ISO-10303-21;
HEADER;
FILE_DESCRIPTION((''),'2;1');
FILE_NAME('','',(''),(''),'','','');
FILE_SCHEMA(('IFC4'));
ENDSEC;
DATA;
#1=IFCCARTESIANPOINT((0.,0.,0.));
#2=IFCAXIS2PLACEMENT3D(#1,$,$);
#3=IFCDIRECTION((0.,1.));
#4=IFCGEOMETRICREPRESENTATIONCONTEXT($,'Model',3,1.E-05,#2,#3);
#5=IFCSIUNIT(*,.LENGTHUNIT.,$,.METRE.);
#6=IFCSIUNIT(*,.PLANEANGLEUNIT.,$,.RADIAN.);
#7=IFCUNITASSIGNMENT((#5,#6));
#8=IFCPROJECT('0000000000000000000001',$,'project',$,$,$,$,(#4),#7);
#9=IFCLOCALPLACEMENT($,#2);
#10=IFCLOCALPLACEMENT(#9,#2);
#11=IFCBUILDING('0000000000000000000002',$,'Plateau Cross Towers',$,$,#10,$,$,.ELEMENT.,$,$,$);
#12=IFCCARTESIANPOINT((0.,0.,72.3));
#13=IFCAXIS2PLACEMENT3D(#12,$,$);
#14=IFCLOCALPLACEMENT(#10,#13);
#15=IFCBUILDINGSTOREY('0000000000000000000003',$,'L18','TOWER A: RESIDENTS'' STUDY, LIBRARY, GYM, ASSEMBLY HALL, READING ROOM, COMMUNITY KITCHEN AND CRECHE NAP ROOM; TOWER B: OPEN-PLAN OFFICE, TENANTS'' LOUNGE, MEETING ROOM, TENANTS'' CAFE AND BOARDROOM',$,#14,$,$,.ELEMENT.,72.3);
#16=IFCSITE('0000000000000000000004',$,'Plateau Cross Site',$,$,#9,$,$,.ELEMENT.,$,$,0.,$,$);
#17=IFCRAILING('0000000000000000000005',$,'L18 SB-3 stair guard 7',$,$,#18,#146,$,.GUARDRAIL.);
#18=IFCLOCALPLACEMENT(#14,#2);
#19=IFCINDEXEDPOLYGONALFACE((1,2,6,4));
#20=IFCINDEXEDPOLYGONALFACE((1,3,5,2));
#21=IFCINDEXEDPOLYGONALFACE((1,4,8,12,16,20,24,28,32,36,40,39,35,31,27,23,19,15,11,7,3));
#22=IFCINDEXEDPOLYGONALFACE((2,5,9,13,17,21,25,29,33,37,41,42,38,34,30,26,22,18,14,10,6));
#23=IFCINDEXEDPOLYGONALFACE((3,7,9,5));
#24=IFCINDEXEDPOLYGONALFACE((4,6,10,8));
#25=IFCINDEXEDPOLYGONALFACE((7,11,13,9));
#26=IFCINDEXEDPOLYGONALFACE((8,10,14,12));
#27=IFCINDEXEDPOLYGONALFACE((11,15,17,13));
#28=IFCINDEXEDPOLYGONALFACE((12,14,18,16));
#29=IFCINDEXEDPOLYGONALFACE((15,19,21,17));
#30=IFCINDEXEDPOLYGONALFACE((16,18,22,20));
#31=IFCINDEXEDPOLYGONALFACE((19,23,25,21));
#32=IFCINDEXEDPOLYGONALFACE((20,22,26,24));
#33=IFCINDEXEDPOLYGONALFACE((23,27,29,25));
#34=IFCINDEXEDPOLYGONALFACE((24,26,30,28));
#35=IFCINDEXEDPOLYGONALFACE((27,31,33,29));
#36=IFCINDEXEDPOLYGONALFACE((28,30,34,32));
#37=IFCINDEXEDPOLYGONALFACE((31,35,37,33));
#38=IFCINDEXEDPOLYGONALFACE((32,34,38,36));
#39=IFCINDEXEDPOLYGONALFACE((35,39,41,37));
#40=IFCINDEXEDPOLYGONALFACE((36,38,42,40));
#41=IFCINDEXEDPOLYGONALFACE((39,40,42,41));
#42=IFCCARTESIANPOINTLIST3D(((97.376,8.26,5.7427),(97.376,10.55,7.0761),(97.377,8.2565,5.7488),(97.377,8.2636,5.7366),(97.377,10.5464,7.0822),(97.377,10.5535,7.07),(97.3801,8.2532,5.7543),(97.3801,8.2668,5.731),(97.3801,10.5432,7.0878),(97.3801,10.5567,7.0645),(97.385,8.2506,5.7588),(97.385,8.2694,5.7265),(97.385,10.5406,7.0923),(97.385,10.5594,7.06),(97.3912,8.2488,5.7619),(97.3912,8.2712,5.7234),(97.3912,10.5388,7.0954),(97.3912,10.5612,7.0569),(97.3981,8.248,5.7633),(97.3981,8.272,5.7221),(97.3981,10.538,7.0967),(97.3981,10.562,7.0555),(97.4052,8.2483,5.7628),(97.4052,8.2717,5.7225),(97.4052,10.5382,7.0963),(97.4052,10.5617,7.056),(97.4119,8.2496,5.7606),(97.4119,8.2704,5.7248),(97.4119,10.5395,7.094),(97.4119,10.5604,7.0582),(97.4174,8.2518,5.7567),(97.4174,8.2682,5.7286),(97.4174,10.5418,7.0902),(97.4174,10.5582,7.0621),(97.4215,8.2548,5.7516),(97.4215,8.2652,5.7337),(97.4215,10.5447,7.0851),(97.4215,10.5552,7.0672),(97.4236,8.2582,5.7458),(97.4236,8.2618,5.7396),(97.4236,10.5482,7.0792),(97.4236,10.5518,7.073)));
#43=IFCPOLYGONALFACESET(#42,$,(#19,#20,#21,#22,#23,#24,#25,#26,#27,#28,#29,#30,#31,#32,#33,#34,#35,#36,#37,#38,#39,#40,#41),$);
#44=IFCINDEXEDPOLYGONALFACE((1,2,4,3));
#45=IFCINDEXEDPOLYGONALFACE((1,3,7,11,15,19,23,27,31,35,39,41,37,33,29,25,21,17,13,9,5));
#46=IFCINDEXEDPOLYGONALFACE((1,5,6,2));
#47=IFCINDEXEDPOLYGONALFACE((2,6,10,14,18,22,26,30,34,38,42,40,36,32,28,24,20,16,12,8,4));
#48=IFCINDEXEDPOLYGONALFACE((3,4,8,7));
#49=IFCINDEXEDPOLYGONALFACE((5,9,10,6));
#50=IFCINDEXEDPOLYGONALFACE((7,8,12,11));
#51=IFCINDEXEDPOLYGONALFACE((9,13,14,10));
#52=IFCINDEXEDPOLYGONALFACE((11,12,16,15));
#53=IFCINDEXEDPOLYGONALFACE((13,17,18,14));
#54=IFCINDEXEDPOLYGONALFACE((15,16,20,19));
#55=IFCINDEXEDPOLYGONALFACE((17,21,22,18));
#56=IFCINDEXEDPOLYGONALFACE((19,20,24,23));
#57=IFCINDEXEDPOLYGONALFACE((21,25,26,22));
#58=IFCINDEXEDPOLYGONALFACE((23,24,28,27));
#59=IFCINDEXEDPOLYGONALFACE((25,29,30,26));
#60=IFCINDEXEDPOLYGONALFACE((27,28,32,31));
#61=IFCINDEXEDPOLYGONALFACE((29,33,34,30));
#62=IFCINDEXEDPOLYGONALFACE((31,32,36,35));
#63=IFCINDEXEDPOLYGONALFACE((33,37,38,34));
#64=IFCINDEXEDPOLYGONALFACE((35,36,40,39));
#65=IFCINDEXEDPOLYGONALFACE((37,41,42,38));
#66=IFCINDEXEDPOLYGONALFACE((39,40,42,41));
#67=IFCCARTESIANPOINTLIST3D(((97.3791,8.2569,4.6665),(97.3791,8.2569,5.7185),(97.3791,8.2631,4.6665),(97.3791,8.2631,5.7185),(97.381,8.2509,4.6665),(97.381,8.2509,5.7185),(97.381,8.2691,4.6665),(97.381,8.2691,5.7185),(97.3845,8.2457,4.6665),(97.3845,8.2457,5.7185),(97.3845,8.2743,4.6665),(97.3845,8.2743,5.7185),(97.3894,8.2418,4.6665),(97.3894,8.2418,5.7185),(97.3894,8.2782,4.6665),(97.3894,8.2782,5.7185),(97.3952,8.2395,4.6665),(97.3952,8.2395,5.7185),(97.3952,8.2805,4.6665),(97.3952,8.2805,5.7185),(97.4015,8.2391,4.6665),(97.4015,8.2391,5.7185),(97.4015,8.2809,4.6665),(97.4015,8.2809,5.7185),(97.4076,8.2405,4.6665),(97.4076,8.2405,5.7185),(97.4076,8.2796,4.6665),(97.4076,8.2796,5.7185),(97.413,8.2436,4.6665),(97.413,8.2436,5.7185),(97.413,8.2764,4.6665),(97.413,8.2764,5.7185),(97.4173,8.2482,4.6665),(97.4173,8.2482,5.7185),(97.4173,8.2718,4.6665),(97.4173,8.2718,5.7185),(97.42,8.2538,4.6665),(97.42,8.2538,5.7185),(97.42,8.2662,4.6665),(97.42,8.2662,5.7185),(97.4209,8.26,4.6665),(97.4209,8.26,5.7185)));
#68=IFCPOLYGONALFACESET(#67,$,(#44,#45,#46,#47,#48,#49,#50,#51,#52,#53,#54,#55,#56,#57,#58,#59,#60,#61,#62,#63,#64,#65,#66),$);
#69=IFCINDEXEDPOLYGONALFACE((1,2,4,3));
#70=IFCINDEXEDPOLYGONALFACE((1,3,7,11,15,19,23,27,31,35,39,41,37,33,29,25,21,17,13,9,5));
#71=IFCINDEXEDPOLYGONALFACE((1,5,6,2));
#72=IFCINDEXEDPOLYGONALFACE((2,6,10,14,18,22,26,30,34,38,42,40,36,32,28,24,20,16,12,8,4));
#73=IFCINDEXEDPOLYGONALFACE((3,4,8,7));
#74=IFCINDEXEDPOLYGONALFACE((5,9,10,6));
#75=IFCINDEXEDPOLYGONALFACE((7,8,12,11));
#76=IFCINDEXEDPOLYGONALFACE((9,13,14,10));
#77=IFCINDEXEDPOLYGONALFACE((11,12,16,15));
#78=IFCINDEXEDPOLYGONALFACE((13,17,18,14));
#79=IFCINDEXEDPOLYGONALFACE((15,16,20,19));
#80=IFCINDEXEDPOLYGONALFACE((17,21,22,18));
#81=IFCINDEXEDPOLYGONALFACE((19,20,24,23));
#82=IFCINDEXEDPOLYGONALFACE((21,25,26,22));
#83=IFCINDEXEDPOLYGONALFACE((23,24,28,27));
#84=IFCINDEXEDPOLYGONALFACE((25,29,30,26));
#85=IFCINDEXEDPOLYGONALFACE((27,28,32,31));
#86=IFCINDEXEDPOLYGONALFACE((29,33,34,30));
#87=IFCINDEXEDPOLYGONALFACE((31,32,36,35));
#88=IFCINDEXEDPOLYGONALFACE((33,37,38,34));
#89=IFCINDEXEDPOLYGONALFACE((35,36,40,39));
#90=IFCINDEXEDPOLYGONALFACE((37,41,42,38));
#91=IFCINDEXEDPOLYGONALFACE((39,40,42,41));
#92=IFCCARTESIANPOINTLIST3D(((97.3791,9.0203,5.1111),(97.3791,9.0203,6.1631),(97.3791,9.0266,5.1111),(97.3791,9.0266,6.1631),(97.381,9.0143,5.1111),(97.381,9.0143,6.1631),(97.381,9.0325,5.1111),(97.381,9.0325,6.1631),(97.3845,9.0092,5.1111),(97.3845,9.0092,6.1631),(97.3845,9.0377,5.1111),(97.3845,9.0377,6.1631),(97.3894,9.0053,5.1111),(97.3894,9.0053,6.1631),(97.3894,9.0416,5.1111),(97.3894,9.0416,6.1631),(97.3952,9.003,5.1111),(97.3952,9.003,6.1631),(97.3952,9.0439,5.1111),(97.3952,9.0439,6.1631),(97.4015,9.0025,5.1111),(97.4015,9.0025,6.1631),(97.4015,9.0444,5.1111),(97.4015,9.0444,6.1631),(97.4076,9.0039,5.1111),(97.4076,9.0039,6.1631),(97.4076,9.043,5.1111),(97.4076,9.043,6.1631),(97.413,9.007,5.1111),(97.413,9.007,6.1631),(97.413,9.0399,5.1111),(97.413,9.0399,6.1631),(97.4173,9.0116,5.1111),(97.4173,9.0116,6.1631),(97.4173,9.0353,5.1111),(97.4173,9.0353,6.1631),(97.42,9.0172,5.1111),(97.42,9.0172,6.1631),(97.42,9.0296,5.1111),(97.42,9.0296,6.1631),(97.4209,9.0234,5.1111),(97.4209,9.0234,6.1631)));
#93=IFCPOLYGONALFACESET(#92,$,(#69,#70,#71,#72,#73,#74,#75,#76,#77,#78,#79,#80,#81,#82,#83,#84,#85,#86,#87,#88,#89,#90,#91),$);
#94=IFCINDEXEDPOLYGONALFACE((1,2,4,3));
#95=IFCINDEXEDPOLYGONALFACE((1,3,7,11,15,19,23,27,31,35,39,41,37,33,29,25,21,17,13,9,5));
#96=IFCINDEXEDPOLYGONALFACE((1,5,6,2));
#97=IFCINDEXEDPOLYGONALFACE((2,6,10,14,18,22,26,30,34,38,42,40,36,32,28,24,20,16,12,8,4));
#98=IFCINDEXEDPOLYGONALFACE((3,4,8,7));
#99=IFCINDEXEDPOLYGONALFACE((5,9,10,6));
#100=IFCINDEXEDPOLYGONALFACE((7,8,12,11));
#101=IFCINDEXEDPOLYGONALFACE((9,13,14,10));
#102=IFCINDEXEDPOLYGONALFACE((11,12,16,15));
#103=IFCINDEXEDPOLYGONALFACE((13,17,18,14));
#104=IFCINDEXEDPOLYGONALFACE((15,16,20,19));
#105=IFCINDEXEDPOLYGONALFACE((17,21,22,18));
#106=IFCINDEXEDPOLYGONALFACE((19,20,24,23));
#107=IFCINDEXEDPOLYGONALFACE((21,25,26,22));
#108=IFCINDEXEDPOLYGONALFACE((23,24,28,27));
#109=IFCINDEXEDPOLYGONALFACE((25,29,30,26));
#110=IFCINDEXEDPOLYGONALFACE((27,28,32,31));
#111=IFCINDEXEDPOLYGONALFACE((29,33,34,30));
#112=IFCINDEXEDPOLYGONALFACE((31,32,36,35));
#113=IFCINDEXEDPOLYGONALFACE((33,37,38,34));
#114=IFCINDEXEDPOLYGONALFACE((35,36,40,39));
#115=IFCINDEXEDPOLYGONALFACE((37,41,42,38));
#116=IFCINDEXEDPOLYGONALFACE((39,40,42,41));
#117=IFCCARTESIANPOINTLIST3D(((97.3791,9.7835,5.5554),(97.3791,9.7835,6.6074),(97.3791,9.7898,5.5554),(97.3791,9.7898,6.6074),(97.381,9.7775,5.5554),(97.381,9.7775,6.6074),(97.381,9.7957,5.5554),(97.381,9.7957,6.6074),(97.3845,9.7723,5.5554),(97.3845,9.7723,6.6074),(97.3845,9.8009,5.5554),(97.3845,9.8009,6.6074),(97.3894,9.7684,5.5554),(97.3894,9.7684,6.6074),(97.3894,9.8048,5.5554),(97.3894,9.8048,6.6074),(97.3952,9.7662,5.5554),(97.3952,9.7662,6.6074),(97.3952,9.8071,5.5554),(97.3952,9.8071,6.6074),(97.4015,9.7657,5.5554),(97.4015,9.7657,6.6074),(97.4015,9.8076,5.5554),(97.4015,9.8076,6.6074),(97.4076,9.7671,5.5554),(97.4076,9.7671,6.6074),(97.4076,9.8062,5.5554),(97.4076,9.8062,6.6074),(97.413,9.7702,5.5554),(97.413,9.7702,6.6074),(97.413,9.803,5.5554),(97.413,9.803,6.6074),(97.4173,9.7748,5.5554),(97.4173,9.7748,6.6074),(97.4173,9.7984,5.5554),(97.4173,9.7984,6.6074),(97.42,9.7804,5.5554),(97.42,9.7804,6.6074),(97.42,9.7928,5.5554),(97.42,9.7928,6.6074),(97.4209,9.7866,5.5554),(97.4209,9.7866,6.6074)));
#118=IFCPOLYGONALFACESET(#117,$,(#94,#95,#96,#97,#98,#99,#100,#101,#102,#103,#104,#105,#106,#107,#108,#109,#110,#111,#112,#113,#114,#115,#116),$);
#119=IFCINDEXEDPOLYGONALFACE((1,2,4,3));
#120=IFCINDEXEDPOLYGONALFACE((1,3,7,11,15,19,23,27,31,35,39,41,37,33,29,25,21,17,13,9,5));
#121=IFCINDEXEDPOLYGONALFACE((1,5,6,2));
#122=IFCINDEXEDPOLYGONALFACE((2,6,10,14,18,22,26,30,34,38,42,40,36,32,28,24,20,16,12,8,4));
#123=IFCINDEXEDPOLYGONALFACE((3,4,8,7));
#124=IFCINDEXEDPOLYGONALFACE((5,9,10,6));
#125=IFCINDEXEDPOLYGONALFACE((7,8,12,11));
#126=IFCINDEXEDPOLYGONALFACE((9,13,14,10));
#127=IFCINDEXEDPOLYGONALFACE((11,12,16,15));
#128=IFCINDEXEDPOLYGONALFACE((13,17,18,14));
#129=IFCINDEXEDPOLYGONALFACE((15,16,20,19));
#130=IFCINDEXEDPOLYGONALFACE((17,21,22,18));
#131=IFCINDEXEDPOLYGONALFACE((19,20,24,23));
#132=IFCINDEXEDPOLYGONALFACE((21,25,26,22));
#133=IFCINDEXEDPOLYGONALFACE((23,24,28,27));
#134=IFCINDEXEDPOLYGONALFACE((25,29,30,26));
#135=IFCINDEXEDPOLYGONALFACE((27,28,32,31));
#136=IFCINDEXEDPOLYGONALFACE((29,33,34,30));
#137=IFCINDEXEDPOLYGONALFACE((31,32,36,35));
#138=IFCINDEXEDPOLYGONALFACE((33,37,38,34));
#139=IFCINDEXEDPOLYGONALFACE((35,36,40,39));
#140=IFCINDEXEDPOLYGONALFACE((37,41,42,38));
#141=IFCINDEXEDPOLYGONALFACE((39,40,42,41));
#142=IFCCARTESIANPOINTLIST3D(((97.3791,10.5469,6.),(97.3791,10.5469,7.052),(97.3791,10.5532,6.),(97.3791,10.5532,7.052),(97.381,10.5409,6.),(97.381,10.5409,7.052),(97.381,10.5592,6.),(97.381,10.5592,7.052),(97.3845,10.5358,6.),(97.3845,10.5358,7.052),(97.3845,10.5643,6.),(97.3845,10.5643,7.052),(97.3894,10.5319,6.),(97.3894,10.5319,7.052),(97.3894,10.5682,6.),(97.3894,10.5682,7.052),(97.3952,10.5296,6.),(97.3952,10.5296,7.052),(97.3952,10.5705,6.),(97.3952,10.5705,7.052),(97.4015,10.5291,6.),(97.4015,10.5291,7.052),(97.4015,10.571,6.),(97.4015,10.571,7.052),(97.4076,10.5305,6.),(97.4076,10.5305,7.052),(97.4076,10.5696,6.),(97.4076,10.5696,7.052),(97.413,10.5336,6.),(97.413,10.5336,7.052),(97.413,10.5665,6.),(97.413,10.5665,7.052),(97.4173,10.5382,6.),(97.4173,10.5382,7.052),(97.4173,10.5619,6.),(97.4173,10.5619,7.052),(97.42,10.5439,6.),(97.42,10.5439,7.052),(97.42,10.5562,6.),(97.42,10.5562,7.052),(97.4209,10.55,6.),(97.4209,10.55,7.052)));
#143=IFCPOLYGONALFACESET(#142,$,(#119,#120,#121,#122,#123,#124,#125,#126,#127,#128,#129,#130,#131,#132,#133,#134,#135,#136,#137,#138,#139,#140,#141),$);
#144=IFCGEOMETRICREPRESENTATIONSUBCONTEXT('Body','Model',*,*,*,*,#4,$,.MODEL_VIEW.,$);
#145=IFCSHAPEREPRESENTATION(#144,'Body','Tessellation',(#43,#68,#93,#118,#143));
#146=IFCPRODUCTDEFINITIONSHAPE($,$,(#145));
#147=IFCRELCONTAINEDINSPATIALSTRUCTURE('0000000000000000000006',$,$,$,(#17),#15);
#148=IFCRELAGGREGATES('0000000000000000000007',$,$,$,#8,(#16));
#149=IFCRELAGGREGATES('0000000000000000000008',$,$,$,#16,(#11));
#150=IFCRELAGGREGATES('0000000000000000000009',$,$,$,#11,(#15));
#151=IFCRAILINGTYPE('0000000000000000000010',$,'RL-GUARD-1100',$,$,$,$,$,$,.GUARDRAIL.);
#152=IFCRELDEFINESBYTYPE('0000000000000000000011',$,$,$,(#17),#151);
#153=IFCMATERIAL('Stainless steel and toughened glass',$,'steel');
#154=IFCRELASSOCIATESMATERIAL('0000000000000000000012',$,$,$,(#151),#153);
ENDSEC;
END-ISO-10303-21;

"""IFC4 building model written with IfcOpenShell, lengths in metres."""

from ifc_helpers import new_model, si_unit, direction, frame, origin, origin_2d, place, context, subcontext, project, spatial, circle, extrude, material, type_object, element, save


model = new_model("IFC4")

# Units and contexts
model_context = context("Model", 3, precision=1e-05, world=origin(), true_north=direction((0.0, 1.0)))
body_context = subcontext(model_context, "Body", "Model", "MODEL_VIEW")
ifc_project = project(units=[si_unit("LENGTHUNIT", "METRE"), si_unit("PLANEANGLEUNIT", "RADIAN")], contexts=[model_context])

# Site, building, storey
site_placement = place(None, origin())
site = spatial("IfcSite", under=ifc_project, at=site_placement, Name="Plateau Cross Site", CompositionType="ELEMENT", RefElevation=0.0)
building_placement = place(site_placement, origin())
building = spatial("IfcBuilding", under=site, at=building_placement, Name="Plateau Cross Towers", CompositionType="ELEMENT")
storey_placement = place(building_placement, frame((0.0, 0.0, 72.3)))
storey = spatial("IfcBuildingStorey", under=building, at=storey_placement, Name="L18", Description="TOWER A: RESIDENTS' STUDY, LIBRARY, GYM, ASSEMBLY HALL, READING ROOM, COMMUNITY KITCHEN AND CRECHE NAP ROOM; TOWER B: OPEN-PLAN OFFICE, TENANTS' LOUNGE, MEETING ROOM, TENANTS' CAFE AND BOARDROOM", CompositionType="ELEMENT", Elevation=72.3)

# Railing
ifc_material_1 = material(Name="Stainless steel and toughened glass", Category="steel")
railing_type_1 = type_object("IfcRailingType", Name="RL-GUARD-1100", PredefinedType="GUARDRAIL", material=ifc_material_1)
railing_1_placement = place(storey_placement, frame((97.3999, 8.26, 4.6665)))
element("IfcRailing", 1, at=railing_1_placement, inside=storey, type_object=railing_type_1, Name="L18 SB-3 stair guard 7", PredefinedType="GUARDRAIL", context=body_context, shape_type="SweptSolid", body=[
    extrude(circle(Radius=0.0239, at=origin_2d()), frame((0.0, 0.0, 1.0762), z_axis=(0.0, 0.864166, 0.503206), x_axis=(-1.0, 0.0, 0.0)), (0.0, 0.0, 1.0), 2.6499),
    extrude(circle(Radius=0.021, at=origin_2d()), origin(), (0.0, 0.0, 1.0), 1.052),
    extrude(circle(Radius=0.021, at=origin_2d()), frame((0.0, 0.7634, 0.4446)), (0.0, 0.0, 1.0), 1.052),
    extrude(circle(Radius=0.021, at=origin_2d()), frame((0.0, 1.5266, 0.8889)), (0.0, 0.0, 1.0), 1.052),
    extrude(circle(Radius=0.021, at=origin_2d()), frame((0.0, 2.29, 1.3335)), (0.0, 0.0, 1.0), 1.052),
])

save(model, "model.ifc")
